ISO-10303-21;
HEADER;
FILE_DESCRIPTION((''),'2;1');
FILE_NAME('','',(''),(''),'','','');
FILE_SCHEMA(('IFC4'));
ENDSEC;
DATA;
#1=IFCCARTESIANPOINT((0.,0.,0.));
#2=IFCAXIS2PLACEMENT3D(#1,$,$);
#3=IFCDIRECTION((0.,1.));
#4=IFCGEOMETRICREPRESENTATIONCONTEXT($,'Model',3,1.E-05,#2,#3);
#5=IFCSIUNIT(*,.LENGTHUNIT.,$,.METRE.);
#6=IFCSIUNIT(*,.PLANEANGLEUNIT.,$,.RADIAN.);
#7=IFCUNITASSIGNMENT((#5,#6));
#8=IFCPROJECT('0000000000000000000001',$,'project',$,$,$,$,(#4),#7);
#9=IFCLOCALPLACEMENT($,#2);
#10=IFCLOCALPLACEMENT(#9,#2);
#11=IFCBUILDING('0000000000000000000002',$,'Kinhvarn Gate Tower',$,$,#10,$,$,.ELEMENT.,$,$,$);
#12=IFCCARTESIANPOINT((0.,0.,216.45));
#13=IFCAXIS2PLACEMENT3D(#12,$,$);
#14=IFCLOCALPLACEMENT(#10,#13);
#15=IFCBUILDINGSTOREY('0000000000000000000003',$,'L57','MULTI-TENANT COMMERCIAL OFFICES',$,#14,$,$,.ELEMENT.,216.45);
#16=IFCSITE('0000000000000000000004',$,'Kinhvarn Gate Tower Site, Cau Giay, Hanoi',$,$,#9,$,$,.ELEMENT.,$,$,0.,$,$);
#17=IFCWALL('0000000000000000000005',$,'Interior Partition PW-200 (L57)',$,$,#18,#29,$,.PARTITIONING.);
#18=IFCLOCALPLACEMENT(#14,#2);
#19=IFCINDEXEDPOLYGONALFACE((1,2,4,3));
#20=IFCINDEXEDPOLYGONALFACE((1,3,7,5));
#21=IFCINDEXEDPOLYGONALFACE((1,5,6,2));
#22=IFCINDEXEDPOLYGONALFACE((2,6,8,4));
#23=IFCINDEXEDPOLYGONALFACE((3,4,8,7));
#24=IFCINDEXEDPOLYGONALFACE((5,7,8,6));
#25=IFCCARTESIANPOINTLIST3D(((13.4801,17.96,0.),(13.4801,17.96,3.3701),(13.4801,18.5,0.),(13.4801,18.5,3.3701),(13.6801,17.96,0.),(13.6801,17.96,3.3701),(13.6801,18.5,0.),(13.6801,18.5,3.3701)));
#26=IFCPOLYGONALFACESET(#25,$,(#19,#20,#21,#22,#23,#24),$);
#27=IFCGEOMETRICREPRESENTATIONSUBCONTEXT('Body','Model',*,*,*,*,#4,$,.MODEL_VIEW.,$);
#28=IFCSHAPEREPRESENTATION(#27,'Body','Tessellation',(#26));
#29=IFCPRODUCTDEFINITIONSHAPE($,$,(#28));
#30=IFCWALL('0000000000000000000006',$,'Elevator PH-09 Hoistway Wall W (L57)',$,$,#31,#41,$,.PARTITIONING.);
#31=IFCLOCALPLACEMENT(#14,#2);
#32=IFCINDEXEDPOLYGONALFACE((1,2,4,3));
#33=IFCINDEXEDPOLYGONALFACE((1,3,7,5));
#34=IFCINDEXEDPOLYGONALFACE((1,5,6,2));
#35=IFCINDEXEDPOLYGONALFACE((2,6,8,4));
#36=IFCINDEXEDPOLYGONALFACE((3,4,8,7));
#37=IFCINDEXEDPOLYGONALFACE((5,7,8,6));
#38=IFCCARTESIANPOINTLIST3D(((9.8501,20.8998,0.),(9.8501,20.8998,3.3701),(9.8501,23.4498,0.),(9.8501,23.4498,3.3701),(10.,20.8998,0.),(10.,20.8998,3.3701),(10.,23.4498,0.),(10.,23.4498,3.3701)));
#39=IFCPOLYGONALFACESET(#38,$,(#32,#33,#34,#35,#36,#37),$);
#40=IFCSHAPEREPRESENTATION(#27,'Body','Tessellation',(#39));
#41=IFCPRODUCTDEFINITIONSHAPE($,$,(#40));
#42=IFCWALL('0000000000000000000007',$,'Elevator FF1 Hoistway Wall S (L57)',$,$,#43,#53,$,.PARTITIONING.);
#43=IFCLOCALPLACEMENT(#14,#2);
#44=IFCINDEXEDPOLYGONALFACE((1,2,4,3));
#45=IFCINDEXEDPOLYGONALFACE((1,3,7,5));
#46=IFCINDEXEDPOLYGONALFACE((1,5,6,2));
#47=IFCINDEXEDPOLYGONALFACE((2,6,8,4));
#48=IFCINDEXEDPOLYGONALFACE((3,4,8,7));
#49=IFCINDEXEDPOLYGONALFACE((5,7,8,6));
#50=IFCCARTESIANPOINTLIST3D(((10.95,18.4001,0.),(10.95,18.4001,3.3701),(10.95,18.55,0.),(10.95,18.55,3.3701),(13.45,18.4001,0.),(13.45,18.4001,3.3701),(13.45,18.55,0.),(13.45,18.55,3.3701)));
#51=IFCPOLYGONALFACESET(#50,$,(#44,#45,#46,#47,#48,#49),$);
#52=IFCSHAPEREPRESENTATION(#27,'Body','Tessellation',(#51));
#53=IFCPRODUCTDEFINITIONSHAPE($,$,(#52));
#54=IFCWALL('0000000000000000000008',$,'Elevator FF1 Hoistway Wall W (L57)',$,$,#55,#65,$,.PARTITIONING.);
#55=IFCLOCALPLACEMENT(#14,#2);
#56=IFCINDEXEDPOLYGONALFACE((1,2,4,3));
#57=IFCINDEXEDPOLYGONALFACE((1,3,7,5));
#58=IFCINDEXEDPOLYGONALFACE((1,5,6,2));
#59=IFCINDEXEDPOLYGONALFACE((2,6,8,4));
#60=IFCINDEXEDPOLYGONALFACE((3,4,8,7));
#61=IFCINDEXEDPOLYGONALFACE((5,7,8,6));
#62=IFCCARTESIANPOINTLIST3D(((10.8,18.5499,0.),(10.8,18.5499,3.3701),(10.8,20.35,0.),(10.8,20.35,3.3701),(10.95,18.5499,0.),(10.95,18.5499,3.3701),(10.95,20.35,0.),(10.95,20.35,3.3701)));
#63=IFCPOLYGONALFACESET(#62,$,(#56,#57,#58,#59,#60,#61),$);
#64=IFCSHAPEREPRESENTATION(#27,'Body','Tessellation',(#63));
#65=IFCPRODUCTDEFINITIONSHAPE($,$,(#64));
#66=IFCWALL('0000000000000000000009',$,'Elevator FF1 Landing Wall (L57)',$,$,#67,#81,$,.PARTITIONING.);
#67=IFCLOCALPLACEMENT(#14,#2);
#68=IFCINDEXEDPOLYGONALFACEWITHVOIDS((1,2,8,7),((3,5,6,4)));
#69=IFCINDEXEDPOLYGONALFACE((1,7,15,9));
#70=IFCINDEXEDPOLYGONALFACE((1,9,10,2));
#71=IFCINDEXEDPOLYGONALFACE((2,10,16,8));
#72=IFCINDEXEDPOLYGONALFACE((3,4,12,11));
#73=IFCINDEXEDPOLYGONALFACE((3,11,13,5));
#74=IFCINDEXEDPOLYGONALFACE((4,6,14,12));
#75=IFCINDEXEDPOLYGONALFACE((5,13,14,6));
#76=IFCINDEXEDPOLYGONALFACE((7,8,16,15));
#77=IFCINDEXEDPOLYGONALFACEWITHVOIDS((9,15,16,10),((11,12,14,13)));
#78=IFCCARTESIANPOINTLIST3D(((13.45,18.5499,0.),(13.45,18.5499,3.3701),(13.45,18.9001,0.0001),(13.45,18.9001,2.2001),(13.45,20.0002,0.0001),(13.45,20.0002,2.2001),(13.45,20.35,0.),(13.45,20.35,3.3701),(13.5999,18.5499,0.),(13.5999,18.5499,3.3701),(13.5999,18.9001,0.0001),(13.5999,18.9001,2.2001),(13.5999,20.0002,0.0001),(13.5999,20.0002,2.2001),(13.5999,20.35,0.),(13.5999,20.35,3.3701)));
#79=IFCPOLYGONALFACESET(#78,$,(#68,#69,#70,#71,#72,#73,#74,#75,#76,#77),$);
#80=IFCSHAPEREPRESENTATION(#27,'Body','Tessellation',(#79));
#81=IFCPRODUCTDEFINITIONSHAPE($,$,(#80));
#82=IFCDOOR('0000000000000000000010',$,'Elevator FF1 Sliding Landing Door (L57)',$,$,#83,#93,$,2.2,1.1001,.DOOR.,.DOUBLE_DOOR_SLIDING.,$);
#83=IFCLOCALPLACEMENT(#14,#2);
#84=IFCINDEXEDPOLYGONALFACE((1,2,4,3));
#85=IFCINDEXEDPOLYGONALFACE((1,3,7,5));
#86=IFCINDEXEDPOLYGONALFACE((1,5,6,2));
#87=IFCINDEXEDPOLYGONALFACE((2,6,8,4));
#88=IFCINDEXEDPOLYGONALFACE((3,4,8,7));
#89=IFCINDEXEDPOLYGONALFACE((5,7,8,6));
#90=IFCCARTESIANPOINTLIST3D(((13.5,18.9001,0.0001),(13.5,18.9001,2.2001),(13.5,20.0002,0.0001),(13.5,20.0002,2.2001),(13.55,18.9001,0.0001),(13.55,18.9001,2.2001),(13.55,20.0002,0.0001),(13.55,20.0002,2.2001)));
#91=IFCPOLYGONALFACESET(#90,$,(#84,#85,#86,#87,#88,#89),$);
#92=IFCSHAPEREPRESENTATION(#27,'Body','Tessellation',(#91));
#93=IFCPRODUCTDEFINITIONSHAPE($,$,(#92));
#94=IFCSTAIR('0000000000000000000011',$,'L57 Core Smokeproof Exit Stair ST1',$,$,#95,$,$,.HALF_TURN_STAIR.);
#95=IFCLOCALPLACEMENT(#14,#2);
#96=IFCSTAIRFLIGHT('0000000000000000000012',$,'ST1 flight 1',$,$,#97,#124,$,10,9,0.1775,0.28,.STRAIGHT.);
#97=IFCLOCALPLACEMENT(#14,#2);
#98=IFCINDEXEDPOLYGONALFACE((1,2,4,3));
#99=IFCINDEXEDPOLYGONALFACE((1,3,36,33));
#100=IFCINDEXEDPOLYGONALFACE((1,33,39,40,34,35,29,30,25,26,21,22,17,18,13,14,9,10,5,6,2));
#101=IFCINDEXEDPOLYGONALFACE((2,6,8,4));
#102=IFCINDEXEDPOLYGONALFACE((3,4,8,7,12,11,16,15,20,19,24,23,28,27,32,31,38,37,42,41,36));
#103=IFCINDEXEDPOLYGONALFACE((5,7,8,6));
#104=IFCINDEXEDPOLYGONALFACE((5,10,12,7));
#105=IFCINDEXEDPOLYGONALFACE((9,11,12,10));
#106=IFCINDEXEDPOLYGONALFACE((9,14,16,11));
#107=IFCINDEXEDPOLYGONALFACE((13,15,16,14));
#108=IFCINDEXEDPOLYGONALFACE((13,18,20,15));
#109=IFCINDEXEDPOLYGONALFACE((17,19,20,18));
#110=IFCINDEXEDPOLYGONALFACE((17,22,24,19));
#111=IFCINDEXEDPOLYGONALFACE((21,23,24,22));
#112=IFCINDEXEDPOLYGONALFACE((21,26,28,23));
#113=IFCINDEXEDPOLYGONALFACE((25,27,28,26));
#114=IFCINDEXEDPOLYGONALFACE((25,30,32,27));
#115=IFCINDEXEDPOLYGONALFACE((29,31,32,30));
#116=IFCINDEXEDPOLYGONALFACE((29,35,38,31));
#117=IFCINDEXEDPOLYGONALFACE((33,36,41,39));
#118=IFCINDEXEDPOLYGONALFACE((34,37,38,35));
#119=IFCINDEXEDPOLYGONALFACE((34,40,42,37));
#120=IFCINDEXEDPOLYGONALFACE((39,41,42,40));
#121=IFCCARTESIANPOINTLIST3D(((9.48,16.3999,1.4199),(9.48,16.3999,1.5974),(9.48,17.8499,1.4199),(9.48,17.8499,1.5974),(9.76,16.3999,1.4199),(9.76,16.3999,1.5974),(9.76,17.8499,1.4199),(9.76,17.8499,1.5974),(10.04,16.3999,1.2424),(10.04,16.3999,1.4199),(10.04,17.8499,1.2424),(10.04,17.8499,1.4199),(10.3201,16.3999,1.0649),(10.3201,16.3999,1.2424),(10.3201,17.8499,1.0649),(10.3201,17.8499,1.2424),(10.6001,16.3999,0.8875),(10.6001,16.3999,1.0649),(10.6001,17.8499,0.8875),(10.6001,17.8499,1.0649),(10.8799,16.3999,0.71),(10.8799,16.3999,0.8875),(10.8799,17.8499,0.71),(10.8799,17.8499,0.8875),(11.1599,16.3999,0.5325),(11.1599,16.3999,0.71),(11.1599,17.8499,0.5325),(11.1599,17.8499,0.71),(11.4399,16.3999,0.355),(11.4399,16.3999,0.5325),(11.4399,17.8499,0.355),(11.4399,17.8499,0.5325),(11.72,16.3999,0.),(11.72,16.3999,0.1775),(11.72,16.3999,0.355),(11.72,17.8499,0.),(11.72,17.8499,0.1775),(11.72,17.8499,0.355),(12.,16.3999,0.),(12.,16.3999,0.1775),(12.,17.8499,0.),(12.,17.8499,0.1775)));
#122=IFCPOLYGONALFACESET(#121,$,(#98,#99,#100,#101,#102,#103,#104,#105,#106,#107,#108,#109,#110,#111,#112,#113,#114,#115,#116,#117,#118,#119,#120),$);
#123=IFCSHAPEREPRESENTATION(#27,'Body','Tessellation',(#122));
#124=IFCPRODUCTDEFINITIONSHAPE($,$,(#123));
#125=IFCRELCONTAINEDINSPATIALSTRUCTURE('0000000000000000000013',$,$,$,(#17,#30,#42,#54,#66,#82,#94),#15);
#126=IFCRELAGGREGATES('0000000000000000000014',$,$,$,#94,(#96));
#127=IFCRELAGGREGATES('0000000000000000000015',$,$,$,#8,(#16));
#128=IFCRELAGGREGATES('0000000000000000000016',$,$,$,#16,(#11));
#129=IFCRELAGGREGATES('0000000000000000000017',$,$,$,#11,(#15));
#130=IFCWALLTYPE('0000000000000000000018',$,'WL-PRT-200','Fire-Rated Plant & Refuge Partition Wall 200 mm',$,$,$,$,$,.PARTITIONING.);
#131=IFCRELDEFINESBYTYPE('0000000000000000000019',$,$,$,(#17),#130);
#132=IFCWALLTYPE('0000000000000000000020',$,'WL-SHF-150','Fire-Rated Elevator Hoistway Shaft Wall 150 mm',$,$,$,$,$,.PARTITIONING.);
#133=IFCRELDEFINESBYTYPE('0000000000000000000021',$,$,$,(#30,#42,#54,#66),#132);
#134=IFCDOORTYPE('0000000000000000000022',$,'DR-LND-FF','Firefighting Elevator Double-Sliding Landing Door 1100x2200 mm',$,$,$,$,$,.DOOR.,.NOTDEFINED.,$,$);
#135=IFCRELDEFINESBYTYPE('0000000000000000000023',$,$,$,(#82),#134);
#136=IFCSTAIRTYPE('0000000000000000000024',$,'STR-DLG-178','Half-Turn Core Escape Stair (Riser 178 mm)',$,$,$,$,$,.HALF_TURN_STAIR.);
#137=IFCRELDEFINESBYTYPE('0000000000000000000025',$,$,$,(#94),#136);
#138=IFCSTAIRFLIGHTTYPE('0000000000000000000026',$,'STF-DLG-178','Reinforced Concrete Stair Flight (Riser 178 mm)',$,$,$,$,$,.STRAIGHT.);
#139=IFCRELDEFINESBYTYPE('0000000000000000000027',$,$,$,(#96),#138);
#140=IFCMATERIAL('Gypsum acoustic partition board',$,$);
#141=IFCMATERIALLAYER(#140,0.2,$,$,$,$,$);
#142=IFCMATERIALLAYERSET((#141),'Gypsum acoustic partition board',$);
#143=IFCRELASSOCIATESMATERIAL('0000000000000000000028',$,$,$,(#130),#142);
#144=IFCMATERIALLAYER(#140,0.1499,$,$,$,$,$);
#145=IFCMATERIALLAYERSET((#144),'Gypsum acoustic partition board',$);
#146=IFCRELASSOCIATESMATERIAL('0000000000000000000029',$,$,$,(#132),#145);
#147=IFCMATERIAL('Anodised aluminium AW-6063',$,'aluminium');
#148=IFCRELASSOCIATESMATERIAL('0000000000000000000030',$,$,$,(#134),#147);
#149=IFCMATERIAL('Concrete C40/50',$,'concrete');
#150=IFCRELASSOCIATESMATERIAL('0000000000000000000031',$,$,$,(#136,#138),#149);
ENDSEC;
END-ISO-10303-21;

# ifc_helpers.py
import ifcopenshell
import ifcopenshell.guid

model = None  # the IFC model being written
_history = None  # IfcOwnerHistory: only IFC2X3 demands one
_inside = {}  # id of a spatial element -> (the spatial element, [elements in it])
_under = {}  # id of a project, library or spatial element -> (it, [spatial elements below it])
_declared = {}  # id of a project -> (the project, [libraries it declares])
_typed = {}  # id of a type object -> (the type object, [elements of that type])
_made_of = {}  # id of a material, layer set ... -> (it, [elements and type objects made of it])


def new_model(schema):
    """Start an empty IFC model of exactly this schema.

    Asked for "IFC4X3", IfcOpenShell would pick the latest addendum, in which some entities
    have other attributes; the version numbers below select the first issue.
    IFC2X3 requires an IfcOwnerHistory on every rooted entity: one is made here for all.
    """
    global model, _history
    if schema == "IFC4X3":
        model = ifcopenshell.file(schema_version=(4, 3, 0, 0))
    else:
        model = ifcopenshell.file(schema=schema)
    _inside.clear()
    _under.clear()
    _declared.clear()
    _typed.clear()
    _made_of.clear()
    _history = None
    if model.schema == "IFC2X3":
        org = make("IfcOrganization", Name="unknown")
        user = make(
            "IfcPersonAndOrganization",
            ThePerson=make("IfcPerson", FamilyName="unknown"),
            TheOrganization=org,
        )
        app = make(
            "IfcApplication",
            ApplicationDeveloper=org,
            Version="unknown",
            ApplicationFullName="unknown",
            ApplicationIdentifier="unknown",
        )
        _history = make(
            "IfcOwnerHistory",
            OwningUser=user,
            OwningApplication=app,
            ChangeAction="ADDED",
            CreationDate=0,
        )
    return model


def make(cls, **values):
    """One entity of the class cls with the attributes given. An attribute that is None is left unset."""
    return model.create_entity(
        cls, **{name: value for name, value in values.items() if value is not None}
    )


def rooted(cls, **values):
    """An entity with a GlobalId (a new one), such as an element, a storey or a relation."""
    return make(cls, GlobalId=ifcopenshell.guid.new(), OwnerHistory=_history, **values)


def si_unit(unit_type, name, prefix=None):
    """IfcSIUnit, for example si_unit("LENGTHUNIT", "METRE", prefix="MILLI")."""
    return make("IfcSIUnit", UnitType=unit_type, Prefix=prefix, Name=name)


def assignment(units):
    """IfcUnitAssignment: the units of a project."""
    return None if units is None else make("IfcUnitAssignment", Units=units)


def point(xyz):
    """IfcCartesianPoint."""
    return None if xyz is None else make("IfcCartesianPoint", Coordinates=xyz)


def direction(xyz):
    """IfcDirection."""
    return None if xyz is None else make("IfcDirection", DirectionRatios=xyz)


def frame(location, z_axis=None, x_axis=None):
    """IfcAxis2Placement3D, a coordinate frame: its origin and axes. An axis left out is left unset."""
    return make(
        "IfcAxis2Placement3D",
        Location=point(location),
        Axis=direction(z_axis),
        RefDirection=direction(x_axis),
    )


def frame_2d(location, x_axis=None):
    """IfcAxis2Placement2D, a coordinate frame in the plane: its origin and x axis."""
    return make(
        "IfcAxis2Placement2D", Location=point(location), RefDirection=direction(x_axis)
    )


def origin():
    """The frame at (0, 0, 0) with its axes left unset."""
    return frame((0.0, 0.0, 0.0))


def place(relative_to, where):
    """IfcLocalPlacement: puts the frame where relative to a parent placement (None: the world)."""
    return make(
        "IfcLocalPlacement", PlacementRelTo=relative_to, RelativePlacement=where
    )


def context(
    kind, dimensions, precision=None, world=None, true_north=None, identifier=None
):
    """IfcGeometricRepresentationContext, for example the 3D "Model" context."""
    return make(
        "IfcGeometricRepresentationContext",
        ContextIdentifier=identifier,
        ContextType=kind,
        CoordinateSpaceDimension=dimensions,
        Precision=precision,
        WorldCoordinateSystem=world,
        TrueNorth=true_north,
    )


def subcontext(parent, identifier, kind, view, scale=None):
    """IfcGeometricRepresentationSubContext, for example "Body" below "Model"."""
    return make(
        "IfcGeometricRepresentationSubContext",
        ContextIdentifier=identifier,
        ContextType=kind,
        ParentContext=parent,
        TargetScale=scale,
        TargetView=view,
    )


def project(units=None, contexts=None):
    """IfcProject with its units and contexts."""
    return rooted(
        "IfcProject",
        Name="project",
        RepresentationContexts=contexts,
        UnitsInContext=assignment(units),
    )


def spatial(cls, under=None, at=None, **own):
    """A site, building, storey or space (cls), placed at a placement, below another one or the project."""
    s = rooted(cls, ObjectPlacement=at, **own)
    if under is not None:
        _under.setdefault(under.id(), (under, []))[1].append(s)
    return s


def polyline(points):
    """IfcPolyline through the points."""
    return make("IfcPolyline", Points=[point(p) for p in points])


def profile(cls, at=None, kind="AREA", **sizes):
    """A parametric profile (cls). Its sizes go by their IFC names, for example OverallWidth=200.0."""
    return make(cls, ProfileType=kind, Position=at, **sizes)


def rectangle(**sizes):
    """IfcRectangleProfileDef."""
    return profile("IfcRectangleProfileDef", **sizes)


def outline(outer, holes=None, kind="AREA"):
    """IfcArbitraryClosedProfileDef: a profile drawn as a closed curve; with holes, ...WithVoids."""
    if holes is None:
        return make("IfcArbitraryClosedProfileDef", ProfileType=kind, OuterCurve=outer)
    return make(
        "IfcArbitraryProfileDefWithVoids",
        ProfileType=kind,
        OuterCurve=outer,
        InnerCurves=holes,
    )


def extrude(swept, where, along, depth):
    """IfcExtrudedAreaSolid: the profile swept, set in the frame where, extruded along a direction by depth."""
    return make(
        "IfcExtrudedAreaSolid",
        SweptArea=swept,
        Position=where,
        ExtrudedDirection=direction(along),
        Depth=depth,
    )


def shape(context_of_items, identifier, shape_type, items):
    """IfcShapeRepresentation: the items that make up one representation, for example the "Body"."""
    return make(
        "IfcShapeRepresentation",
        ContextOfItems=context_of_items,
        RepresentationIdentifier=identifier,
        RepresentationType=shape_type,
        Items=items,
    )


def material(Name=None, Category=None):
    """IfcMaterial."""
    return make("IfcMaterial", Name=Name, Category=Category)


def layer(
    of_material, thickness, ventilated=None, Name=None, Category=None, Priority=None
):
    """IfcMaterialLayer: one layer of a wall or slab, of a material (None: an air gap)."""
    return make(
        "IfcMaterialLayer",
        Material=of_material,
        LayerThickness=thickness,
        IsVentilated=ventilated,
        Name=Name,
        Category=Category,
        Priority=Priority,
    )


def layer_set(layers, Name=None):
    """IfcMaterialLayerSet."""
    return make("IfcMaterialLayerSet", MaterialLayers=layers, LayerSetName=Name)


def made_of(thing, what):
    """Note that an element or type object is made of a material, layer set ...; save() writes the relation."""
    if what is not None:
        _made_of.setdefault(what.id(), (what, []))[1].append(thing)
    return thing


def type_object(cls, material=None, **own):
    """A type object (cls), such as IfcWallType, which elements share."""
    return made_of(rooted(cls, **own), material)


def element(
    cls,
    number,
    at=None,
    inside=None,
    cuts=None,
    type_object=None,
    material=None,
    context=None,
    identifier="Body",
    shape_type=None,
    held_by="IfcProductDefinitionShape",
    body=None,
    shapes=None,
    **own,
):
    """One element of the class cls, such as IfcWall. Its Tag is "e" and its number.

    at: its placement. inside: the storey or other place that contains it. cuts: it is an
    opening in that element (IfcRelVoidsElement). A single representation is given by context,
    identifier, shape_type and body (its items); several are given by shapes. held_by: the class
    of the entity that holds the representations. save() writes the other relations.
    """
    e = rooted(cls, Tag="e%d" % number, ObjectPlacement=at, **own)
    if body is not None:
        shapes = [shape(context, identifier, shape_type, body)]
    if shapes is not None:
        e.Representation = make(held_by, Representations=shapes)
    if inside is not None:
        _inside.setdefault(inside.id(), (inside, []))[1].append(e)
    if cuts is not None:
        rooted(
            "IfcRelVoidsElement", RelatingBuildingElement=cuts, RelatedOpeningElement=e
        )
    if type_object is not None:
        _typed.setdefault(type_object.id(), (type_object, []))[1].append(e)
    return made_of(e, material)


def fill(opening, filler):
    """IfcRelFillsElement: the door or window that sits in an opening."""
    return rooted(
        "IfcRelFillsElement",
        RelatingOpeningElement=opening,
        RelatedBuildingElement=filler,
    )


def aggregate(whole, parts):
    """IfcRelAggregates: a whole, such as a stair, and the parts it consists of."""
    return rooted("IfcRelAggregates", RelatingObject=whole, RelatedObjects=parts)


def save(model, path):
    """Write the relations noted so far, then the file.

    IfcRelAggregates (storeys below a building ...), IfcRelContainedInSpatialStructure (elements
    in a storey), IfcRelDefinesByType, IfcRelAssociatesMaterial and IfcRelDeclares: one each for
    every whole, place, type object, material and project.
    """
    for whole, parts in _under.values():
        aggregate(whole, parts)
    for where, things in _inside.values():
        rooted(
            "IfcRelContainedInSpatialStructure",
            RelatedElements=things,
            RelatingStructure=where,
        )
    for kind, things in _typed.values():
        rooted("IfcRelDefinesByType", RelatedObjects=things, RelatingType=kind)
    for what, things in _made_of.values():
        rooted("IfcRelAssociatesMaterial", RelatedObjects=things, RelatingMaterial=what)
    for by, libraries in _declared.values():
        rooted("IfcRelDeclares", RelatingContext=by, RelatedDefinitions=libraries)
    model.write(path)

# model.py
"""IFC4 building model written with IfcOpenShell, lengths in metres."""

from ifc_helpers import new_model, si_unit, direction, frame, frame_2d, origin, place, context, subcontext, project, spatial, polyline, rectangle, outline, extrude, material, layer, layer_set, type_object, element, fill, aggregate, save


model = new_model("IFC4")

# Units and contexts
model_context = context("Model", 3, precision=1e-05, world=origin(), true_north=direction((0.0, 1.0)))
body_context = subcontext(model_context, "Body", "Model", "MODEL_VIEW")
ifc_project = project(units=[si_unit("LENGTHUNIT", "METRE"), si_unit("PLANEANGLEUNIT", "RADIAN")], contexts=[model_context])

# Site, building, storey
site_placement = place(None, origin())
site = spatial("IfcSite", under=ifc_project, at=site_placement, Name="Kinhvarn Gate Tower Site, Cau Giay, Hanoi", CompositionType="ELEMENT", RefElevation=0.0)
building_placement = place(site_placement, origin())
building = spatial("IfcBuilding", under=site, at=building_placement, Name="Kinhvarn Gate Tower", CompositionType="ELEMENT")
storey_placement = place(building_placement, frame((0.0, 0.0, 216.45)))
storey = spatial("IfcBuildingStorey", under=building, at=storey_placement, Name="L57", Description="MULTI-TENANT COMMERCIAL OFFICES", CompositionType="ELEMENT", Elevation=216.45)

# Shared definitions
ifc_material_1 = material(Name="Anodised aluminium AW-6063", Category="aluminium")

# Shared definitions
ifc_material_2 = material(Name="Gypsum acoustic partition board")

# Walls
ifc_layer_1 = layer(ifc_material_2, 0.2)
ifc_layer_set_1 = layer_set([ifc_layer_1], Name="Gypsum acoustic partition board")
wall_type_1 = type_object("IfcWallType", Name="WL-PRT-200", Description="Fire-Rated Plant & Refuge Partition Wall 200 mm", PredefinedType="PARTITIONING", material=ifc_layer_set_1)
wall_1_placement = place(storey_placement, frame((13.5801, 17.96, 0.0), z_axis=(0.0, 0.0, 1.0), x_axis=(0.0, 1.0, 0.0)))
element("IfcWall", 1, at=wall_1_placement, inside=storey, type_object=wall_type_1, Name="Interior Partition PW-200 (L57)", PredefinedType="PARTITIONING", context=body_context, shape_type="SweptSolid", body=[
    extrude(rectangle(XDim=0.54, YDim=0.2, at=frame_2d((0.27, 0.0))), origin(), (0.0, 0.0, 1.0), 3.3701),
])
ifc_layer_2 = layer(ifc_material_2, 0.1499)
ifc_layer_set_2 = layer_set([ifc_layer_2], Name="Gypsum acoustic partition board")
wall_type_2 = type_object("IfcWallType", Name="WL-SHF-150", Description="Fire-Rated Elevator Hoistway Shaft Wall 150 mm", PredefinedType="PARTITIONING", material=ifc_layer_set_2)
wall_2_placement = place(storey_placement, frame((9.925, 20.8999, 0.0), z_axis=(0.0, 0.0, 1.0), x_axis=(0.0, 1.0, 0.0)))
element("IfcWall", 2, at=wall_2_placement, inside=storey, type_object=wall_type_2, Name="Elevator PH-09 Hoistway Wall W (L57)", PredefinedType="PARTITIONING", context=body_context, shape_type="SweptSolid", body=[
    extrude(rectangle(XDim=2.55, YDim=0.1499, at=frame_2d((1.2749, 0.0))), origin(), (0.0, 0.0, 1.0), 3.3701),
])
wall_3_placement = place(storey_placement, frame((10.95, 18.4751, 0.0), z_axis=(0.0, 0.0, 1.0), x_axis=(1.0, 0.0, 0.0)))
element("IfcWall", 3, at=wall_3_placement, inside=storey, type_object=wall_type_2, Name="Elevator FF1 Hoistway Wall S (L57)", PredefinedType="PARTITIONING", context=body_context, shape_type="SweptSolid", body=[
    extrude(rectangle(XDim=2.5, YDim=0.1499, at=frame_2d((1.25, 0.0))), origin(), (0.0, 0.0, 1.0), 3.3701),
])
wall_4_placement = place(storey_placement, frame((10.875, 18.55, 0.0), z_axis=(0.0, 0.0, 1.0), x_axis=(0.0, 1.0, 0.0)))
element("IfcWall", 4, at=wall_4_placement, inside=storey, type_object=wall_type_2, Name="Elevator FF1 Hoistway Wall W (L57)", PredefinedType="PARTITIONING", context=body_context, shape_type="SweptSolid", body=[
    extrude(rectangle(XDim=1.8, YDim=0.1499, at=frame_2d((0.8999, 0.0))), origin(), (0.0, 0.0, 1.0), 3.3701),
])

# Wall, opening, door
wall_5_placement = place(storey_placement, frame((13.5249, 18.55, 0.0), z_axis=(0.0, 0.0, 1.0), x_axis=(0.0, 1.0, 0.0)))
wall_5 = element("IfcWall", 5, at=wall_5_placement, inside=storey, type_object=wall_type_2, Name="Elevator FF1 Landing Wall (L57)", PredefinedType="PARTITIONING", context=body_context, shape_type="SweptSolid", body=[
    extrude(rectangle(XDim=1.8, YDim=0.1499, at=frame_2d((0.8999, 0.0))), origin(), (0.0, 0.0, 1.0), 3.3701),
])
opening_1_placement = place(wall_5_placement, frame((0.3501, 0.0, 0.0)))
opening_1 = element("IfcOpeningElement", 6, at=opening_1_placement, cuts=wall_5, PredefinedType="OPENING", context=body_context, shape_type="SweptSolid", body=[
    extrude(rectangle(XDim=1.1001, YDim=2.2, at=frame_2d((0.55, 1.1001))), frame((0.0, 0.085, 0.0), z_axis=(0.0, -1.0, 0.0), x_axis=(1.0, 0.0, 0.0)), (0.0, 0.0, 1.0), 0.1699),
])
door_type_1 = type_object("IfcDoorType", Name="DR-LND-FF", Description="Firefighting Elevator Double-Sliding Landing Door 1100x2200 mm", OperationType="NOTDEFINED", PredefinedType="DOOR", material=ifc_material_1)
door_1_placement = place(opening_1_placement, origin())
door_1 = element("IfcDoor", 7, at=door_1_placement, inside=storey, type_object=door_type_1, Name="Elevator FF1 Sliding Landing Door (L57)", OperationType="DOUBLE_DOOR_SLIDING", OverallHeight=2.2, OverallWidth=1.1001, PredefinedType="DOOR", context=body_context, shape_type="SweptSolid", body=[
    extrude(rectangle(XDim=1.1001, YDim=2.2, at=frame_2d((0.55, 1.1001))), frame((0.0, 0.0249, 0.0), z_axis=(0.0, -1.0, 0.0), x_axis=(1.0, 0.0, 0.0)), (0.0, 0.0, 1.0), 0.05),
])
fill(opening_1, door_1)
ifc_material_3 = material(Name="Concrete C40/50", Category="concrete")

# Stair, stair flight
stair_type = type_object("IfcStairType", Name="STR-DLG-178", Description="Half-Turn Core Escape Stair (Riser 178 mm)", PredefinedType="HALF_TURN_STAIR", material=ifc_material_3)
stair_placement = place(storey_placement, origin())
stair = element("IfcStair", 8, at=stair_placement, inside=storey, type_object=stair_type, Name="L57 Core Smokeproof Exit Stair ST1", PredefinedType="HALF_TURN_STAIR")
stair_flight_type = type_object("IfcStairFlightType", Name="STF-DLG-178", Description="Reinforced Concrete Stair Flight (Riser 178 mm)", PredefinedType="STRAIGHT", material=ifc_material_3)
stair_flight_placement = place(storey_placement, frame((12.0, 17.125, 0.0), z_axis=(0.0, 0.0, 1.0), x_axis=(-1.0, 0.0, 0.0)))
stair_flight = element("IfcStairFlight", 9, at=stair_flight_placement, type_object=stair_flight_type, Name="ST1 flight 1", NumberOfRisers=10, NumberOfTreads=9, PredefinedType="STRAIGHT", RiserHeight=0.1775, TreadLength=0.28, context=body_context, shape_type="SweptSolid", body=[
    extrude(outline(polyline([(0.0, 0.0), (0.0, 0.1775), (0.28, 0.1775), (0.28, 0.355), (0.5601, 0.355), (0.5601, 0.5325), (0.8401, 0.5325), (0.8401, 0.71), (1.1201, 0.71), (1.1201, 0.8875), (1.3999, 0.8875), (1.3999, 1.0649), (1.6799, 1.0649), (1.6799, 1.2424), (1.96, 1.2424), (1.96, 1.4199), (2.24, 1.4199), (2.24, 1.5974), (2.52, 1.5974), (2.52, 1.7749), (2.52, 1.4199), (0.28, 0.0), (0.0, 0.0)])), frame((0.0, 0.7251, 0.0), z_axis=(0.0, -1.0, 0.0), x_axis=(1.0, 0.0, 0.0)), (0.0, 0.0, 1.0), 1.45),
])
aggregate(stair, [stair_flight])

save(model, "model.ifc")
